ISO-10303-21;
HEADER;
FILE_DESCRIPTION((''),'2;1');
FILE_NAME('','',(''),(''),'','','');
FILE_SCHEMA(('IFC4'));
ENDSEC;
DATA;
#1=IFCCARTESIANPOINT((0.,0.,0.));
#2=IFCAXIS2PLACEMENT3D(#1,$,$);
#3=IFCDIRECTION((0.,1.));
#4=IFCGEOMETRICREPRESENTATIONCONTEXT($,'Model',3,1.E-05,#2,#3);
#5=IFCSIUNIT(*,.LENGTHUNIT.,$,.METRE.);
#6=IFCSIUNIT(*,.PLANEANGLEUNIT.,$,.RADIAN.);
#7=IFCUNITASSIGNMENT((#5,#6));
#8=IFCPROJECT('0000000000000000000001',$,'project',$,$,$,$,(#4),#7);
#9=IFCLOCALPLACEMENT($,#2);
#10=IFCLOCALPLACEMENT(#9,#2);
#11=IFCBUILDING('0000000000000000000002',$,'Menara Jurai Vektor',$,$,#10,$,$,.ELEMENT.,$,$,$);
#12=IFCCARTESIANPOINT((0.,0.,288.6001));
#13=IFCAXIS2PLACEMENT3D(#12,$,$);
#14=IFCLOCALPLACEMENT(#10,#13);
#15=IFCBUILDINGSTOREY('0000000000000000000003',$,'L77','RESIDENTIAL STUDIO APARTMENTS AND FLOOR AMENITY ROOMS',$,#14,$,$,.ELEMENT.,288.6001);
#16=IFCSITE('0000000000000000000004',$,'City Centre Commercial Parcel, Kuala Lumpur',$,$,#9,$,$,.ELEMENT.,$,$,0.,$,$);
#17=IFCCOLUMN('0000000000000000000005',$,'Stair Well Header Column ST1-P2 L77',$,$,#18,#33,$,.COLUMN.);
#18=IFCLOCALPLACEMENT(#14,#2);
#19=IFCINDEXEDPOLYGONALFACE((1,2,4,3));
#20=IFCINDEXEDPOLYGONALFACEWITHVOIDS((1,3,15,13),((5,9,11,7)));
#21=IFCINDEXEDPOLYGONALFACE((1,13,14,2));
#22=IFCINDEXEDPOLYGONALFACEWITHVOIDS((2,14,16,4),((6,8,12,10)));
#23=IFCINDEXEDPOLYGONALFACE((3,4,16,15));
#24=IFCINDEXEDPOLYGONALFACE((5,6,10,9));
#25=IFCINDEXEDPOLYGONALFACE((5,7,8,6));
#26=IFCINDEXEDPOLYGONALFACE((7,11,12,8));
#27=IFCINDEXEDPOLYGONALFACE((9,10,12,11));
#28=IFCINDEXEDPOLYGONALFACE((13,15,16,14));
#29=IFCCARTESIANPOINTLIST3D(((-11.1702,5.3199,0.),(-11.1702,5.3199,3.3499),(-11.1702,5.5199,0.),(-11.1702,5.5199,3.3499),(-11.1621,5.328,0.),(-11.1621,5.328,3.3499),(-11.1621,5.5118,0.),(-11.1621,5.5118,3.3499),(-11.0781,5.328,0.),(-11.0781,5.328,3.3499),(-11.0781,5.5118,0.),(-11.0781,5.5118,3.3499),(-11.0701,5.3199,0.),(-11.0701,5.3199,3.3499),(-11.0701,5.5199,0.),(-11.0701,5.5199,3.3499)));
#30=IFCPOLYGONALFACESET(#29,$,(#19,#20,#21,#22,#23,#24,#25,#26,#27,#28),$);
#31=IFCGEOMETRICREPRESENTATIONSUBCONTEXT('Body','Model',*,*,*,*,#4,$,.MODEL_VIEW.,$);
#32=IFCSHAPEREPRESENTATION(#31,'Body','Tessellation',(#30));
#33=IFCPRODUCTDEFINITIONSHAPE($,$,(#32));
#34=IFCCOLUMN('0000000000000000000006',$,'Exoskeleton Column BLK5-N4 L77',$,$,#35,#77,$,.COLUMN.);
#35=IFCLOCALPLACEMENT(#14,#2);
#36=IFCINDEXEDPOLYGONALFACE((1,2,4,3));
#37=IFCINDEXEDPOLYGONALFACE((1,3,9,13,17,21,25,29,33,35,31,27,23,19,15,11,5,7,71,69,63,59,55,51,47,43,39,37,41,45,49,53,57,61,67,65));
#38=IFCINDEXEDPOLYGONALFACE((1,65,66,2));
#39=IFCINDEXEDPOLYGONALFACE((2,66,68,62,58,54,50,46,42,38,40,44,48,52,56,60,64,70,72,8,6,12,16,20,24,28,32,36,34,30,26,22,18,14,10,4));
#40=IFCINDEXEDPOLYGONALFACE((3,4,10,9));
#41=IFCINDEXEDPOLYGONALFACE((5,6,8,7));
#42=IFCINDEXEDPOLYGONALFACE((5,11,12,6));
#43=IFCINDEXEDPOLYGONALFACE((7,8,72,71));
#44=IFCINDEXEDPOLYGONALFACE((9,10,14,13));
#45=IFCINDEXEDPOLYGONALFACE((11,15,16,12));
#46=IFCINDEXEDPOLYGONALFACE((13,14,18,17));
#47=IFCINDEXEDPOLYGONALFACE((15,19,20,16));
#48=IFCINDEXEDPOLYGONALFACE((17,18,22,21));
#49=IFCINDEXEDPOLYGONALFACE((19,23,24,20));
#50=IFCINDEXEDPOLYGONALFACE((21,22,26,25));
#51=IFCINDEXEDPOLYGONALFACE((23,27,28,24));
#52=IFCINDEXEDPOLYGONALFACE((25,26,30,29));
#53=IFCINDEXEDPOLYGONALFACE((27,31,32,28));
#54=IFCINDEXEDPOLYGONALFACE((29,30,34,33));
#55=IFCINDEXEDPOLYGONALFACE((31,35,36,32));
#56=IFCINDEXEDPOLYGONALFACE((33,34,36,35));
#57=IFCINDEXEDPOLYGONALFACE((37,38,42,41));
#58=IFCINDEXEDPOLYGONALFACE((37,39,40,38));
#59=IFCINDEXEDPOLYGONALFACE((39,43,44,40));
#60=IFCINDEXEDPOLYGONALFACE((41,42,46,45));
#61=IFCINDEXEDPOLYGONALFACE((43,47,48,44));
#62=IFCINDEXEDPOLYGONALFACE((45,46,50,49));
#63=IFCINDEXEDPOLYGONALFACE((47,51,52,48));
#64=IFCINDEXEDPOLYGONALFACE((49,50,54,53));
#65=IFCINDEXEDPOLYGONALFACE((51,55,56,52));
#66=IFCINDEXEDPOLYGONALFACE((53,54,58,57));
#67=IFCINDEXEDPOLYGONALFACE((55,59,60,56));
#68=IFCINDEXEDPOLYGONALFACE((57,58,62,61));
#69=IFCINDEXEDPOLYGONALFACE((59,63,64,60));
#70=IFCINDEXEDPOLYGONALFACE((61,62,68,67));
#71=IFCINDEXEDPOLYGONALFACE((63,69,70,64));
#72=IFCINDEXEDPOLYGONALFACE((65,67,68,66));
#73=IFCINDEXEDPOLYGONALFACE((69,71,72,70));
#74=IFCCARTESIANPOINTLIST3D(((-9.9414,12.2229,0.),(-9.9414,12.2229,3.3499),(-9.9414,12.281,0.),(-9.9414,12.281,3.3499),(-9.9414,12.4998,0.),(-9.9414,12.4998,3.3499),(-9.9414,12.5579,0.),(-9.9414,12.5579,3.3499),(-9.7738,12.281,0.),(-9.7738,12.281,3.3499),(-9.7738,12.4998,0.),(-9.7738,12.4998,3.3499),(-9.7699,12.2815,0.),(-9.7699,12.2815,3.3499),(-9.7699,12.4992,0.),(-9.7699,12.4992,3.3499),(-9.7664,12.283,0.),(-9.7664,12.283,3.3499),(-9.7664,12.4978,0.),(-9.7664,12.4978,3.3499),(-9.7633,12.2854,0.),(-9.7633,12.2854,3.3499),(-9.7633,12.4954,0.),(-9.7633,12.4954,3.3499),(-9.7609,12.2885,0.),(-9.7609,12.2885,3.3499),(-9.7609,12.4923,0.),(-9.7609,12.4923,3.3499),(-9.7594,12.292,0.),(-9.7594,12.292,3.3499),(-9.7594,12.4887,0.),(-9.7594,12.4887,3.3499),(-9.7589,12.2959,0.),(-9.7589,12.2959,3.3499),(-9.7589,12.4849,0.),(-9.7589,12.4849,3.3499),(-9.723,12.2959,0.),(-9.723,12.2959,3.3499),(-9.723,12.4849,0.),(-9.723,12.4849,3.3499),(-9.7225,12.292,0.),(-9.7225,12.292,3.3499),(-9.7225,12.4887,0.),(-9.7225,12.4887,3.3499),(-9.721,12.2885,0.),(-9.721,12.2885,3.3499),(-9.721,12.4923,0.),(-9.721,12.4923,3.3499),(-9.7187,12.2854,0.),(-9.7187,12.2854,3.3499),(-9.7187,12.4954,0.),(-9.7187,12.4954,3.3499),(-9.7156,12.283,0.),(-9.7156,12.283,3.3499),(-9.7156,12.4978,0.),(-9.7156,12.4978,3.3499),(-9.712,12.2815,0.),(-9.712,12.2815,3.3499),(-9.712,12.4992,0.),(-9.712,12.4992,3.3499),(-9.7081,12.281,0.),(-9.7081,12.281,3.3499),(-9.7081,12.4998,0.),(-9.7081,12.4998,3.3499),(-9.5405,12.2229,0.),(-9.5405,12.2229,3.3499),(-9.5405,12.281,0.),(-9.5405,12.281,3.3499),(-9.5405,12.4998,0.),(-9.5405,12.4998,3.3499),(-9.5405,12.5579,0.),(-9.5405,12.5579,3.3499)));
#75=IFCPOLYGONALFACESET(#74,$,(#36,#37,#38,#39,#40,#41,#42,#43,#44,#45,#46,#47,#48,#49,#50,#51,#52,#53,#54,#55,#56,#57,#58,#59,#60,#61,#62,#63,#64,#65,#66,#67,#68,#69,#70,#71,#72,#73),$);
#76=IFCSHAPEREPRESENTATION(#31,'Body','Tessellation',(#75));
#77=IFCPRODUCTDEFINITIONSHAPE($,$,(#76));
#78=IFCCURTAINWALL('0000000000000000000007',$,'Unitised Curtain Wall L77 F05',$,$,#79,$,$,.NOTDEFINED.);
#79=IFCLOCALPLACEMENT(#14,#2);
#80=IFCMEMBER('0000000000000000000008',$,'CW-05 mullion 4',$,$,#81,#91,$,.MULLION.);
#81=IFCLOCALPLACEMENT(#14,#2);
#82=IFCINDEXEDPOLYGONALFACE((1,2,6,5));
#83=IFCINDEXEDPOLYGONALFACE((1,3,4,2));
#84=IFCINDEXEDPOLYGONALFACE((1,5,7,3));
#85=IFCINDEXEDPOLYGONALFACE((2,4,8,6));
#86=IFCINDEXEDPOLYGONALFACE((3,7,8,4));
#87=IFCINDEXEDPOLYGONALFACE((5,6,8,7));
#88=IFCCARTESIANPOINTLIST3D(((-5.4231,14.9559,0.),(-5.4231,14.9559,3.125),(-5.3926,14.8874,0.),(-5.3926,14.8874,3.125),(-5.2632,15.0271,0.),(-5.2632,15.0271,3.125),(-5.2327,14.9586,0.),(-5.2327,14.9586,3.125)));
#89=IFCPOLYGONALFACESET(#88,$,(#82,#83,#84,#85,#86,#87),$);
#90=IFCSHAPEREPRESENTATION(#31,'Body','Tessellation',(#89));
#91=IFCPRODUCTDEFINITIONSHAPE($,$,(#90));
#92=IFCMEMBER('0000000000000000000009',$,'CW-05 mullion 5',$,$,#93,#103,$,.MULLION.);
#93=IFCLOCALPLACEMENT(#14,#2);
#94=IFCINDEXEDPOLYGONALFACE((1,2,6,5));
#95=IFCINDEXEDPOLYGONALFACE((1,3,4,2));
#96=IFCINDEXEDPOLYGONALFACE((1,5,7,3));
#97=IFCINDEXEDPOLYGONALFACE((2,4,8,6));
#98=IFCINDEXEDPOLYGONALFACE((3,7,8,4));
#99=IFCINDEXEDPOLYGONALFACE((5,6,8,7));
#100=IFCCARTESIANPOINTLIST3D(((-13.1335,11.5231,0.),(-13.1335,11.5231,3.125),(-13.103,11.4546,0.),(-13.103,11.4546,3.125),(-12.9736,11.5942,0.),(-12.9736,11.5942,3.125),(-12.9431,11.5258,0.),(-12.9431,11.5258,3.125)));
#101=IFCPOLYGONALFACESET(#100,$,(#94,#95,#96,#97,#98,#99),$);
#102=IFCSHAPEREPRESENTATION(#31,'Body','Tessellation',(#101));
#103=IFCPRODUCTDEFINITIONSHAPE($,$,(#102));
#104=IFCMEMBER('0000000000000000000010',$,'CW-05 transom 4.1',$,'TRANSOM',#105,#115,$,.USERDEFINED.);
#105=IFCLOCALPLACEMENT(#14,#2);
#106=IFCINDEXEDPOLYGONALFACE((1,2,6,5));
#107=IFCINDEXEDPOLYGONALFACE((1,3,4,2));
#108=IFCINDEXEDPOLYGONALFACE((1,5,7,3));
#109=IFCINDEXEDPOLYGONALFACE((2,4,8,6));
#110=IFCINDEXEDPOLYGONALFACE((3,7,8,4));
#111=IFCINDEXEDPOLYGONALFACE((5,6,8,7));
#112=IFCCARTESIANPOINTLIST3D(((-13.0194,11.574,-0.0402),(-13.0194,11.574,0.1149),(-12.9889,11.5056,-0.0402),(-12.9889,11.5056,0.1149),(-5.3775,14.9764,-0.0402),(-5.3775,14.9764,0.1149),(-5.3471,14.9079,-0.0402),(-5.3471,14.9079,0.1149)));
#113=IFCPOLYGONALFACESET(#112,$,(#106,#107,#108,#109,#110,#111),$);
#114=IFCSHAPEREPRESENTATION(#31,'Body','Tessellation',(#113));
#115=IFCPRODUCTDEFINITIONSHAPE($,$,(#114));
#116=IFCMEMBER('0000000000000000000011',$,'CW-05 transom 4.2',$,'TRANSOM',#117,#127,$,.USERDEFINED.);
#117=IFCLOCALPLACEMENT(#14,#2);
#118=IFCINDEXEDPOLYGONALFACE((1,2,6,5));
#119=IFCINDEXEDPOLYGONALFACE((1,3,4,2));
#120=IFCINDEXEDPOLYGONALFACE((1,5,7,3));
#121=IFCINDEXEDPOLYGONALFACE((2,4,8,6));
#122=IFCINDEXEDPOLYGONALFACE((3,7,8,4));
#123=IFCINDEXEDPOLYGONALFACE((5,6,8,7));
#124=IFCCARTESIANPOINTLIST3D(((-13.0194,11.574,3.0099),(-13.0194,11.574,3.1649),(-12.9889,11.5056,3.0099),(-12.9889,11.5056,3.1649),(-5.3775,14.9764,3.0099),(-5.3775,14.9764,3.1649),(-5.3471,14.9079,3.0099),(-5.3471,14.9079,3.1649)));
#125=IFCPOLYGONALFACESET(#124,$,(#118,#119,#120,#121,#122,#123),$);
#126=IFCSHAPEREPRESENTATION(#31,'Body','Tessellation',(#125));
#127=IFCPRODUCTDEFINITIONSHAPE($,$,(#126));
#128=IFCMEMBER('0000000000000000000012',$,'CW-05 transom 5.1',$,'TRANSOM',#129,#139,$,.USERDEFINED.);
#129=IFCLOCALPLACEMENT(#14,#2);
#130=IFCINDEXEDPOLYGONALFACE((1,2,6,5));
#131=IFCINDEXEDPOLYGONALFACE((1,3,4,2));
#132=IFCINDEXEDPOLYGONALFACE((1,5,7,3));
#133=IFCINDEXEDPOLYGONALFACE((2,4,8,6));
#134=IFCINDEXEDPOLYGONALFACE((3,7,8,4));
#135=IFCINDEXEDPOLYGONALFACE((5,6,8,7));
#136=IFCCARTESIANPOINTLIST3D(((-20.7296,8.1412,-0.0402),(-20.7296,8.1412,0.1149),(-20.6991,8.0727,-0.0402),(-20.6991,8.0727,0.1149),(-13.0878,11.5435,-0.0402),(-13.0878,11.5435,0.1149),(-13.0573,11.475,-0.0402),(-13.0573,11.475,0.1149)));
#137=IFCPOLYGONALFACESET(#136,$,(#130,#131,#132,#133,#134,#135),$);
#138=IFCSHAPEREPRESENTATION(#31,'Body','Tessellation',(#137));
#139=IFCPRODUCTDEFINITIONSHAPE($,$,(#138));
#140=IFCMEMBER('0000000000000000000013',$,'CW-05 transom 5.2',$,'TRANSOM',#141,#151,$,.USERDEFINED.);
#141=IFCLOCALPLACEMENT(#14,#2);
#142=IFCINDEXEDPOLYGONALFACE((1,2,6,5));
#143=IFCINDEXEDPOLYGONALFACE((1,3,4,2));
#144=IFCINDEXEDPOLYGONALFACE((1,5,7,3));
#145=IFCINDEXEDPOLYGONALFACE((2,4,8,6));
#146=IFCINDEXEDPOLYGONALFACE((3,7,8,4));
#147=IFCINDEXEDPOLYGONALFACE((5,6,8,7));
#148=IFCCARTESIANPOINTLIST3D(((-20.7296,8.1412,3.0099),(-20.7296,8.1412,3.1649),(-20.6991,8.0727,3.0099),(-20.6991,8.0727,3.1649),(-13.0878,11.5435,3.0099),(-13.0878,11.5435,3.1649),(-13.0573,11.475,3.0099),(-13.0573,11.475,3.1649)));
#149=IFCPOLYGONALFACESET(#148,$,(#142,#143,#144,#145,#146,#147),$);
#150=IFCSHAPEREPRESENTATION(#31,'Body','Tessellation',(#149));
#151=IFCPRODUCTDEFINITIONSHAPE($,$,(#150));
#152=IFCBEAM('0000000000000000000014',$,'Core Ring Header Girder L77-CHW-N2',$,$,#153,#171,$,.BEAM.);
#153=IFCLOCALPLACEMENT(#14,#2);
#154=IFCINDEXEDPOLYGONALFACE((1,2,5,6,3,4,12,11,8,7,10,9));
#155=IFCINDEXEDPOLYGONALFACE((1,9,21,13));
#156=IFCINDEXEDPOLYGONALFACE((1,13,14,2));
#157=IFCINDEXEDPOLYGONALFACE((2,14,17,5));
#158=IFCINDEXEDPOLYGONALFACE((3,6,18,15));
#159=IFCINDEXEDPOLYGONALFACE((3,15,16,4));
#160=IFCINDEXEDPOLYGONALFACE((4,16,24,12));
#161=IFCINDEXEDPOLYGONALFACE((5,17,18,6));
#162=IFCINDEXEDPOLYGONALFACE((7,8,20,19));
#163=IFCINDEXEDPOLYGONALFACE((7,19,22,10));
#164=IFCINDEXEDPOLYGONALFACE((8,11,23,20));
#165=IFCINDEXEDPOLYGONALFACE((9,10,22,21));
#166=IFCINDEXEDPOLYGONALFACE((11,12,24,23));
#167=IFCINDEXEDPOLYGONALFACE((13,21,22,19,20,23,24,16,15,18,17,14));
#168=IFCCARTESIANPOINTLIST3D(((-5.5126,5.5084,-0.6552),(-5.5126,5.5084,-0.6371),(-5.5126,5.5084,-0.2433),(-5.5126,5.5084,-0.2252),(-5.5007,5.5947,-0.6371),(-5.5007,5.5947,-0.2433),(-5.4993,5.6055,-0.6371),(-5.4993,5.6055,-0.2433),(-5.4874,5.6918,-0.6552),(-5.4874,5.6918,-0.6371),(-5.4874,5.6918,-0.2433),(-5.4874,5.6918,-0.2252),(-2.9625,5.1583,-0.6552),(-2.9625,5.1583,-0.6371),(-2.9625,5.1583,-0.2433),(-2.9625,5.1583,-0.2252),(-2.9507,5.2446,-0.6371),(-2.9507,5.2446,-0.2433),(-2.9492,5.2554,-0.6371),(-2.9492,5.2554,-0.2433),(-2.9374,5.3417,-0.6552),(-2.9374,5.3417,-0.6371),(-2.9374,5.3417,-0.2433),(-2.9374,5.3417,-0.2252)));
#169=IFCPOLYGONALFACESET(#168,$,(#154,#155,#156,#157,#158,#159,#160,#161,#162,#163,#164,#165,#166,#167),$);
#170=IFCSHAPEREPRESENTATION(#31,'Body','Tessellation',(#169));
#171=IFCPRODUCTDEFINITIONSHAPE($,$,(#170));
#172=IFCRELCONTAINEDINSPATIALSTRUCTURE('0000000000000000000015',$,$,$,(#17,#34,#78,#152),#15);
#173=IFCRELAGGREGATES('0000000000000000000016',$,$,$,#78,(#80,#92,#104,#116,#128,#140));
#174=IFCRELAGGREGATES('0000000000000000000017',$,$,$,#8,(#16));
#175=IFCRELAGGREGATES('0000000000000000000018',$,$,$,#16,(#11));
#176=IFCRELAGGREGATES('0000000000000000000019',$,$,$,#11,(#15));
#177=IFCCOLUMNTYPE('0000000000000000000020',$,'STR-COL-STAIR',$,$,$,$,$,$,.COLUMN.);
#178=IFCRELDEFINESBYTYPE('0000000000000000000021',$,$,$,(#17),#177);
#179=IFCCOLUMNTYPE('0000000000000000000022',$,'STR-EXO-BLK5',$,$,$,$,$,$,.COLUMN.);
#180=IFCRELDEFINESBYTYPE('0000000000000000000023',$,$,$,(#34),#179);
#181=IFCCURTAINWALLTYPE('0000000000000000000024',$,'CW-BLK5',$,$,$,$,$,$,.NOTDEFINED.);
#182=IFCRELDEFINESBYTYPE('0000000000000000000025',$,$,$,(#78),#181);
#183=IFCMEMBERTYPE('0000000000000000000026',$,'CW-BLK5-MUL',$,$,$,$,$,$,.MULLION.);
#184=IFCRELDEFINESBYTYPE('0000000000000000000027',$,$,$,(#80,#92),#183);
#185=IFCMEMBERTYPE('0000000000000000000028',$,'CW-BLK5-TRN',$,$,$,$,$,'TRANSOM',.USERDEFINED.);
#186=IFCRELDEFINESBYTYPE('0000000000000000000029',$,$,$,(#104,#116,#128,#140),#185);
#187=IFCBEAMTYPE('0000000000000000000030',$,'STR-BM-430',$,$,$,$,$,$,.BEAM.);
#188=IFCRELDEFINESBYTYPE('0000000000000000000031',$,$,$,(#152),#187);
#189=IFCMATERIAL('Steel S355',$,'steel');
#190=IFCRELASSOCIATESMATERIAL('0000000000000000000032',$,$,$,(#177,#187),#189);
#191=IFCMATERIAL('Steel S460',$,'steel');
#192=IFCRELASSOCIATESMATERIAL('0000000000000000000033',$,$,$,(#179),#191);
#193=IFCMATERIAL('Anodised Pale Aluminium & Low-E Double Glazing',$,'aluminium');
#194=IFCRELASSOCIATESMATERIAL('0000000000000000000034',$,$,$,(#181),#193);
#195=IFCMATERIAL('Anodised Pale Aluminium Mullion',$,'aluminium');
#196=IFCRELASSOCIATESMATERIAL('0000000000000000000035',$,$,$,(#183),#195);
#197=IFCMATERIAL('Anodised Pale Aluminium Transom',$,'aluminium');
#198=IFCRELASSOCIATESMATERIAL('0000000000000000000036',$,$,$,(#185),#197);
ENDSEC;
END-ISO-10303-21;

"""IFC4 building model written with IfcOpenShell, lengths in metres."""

from ifc_helpers import new_model, si_unit, direction, frame, origin, origin_2d, place, context, subcontext, project, spatial, rectangle, hollow_rectangle, i_section, extrude, material, material_profile, profile_set, type_object, element, aggregate, save


model = new_model("IFC4")

# Units and contexts
model_context = context("Model", 3, precision=1e-05, world=origin(), true_north=direction((0.0, 1.0)))
body_context = subcontext(model_context, "Body", "Model", "MODEL_VIEW")
ifc_project = project(units=[si_unit("LENGTHUNIT", "METRE"), si_unit("PLANEANGLEUNIT", "RADIAN")], contexts=[model_context])

# Site, building, storey
site_placement = place(None, origin())
site = spatial("IfcSite", under=ifc_project, at=site_placement, Name="City Centre Commercial Parcel, Kuala Lumpur", CompositionType="ELEMENT", RefElevation=0.0)
building_placement = place(site_placement, origin())
building = spatial("IfcBuilding", under=site, at=building_placement, Name="Menara Jurai Vektor", CompositionType="ELEMENT")
storey_placement = place(building_placement, frame((0.0, 0.0, 288.6001)))
storey = spatial("IfcBuildingStorey", under=building, at=storey_placement, Name="L77", Description="RESIDENTIAL STUDIO APARTMENTS AND FLOOR AMENITY ROOMS", CompositionType="ELEMENT", Elevation=288.6001)

# Columns
ifc_material_1 = material(Name="Steel S355", Category="steel")
ifc_material_profile_1 = material_profile(ifc_material_1, hollow_rectangle(XDim=0.1001, YDim=0.2, WallThickness=0.0081, at=origin_2d()), Name="RHS 200x100x8")
ifc_profile_set_1 = profile_set([ifc_material_profile_1], Name="Steel S355")
column_type_1 = type_object("IfcColumnType", Name="STR-COL-STAIR", PredefinedType="COLUMN", material=ifc_profile_set_1)
column_1_placement = place(storey_placement, frame((-11.1201, 5.4199, 0.0), z_axis=(0.0, 0.0, 1.0), x_axis=(1.0, 0.0, 0.0)))
element("IfcColumn", 1, at=column_1_placement, inside=storey, type_object=column_type_1, Name="Stair Well Header Column ST1-P2 L77", PredefinedType="COLUMN", context=body_context, shape_type="SweptSolid", body=[
    extrude(hollow_rectangle(XDim=0.1001, YDim=0.2, WallThickness=0.0081, at=origin_2d()), origin(), (0.0, 0.0, 1.0), 3.3499),
])
ifc_material_2 = material(Name="Steel S460", Category="steel")
ifc_material_profile_2 = material_profile(ifc_material_2, i_section(OverallWidth=0.4009, OverallDepth=0.335, WebThickness=0.0359, FlangeThickness=0.0581, FilletRadius=0.0149, at=origin_2d()), Name="HD 400x463")
ifc_profile_set_2 = profile_set([ifc_material_profile_2], Name="Steel S460")
column_type_2 = type_object("IfcColumnType", Name="STR-EXO-BLK5", PredefinedType="COLUMN", material=ifc_profile_set_2)
column_2_placement = place(storey_placement, frame((-9.741, 12.3904, 0.0), z_axis=(0.0, 0.0, 1.0), x_axis=(1.0, 0.0, 0.0)))
element("IfcColumn", 2, at=column_2_placement, inside=storey, type_object=column_type_2, Name="Exoskeleton Column BLK5-N4 L77", PredefinedType="COLUMN", context=body_context, shape_type="SweptSolid", body=[
    extrude(i_section(OverallWidth=0.4009, OverallDepth=0.335, WebThickness=0.0359, FlangeThickness=0.0581, FilletRadius=0.0149, at=origin_2d()), origin(), (0.0, 0.0, 1.0), 3.3499),
])

# Curtain wall, members
ifc_material_3 = material(Name="Anodised Pale Aluminium & Low-E Double Glazing", Category="aluminium")
curtain_wall_type = type_object("IfcCurtainWallType", Name="CW-BLK5", PredefinedType="NOTDEFINED", material=ifc_material_3)
curtain_wall_placement = place(storey_placement, origin())
curtain_wall = element("IfcCurtainWall", 3, at=curtain_wall_placement, inside=storey, type_object=curtain_wall_type, Name="Unitised Curtain Wall L77 F05", PredefinedType="NOTDEFINED")
ifc_material_4 = material(Name="Anodised Pale Aluminium Mullion", Category="aluminium")
ifc_material_profile_3 = material_profile(ifc_material_4, rectangle(XDim=0.075, YDim=0.175, at=origin_2d()), Name="ALU MUL 75x175")
ifc_profile_set_3 = profile_set([ifc_material_profile_3], Name="Anodised Pale Aluminium Mullion")
member_type_1 = type_object("IfcMemberType", Name="CW-BLK5-MUL", PredefinedType="MULLION", material=ifc_profile_set_3)
member_1_placement = place(storey_placement, frame((-5.3279, 14.9573, 0.0), z_axis=(0.0, 0.0, 1.0), x_axis=(0.406735, -0.913546, 0.0)))
member_1 = element("IfcMember", 4, at=member_1_placement, type_object=member_type_1, Name="CW-05 mullion 4", PredefinedType="MULLION", context=body_context, shape_type="SweptSolid", body=[
    extrude(rectangle(XDim=0.075, YDim=0.175, at=origin_2d()), origin(), (0.0, 0.0, 1.0), 3.125),
])
member_2_placement = place(storey_placement, frame((-13.0383, 11.5244, 0.0), z_axis=(0.0, 0.0, 1.0), x_axis=(0.406735, -0.913546, 0.0)))
member_2 = element("IfcMember", 5, at=member_2_placement, type_object=member_type_1, Name="CW-05 mullion 5", PredefinedType="MULLION", context=body_context, shape_type="SweptSolid", body=[
    extrude(rectangle(XDim=0.075, YDim=0.175, at=origin_2d()), origin(), (0.0, 0.0, 1.0), 3.125),
])
ifc_material_5 = material(Name="Anodised Pale Aluminium Transom", Category="aluminium")
ifc_material_profile_4 = material_profile(ifc_material_5, rectangle(XDim=0.075, YDim=0.155, at=origin_2d()), Name="ALU TRN 75x155")
ifc_profile_set_4 = profile_set([ifc_material_profile_4], Name="Anodised Pale Aluminium Transom")
member_type_2 = type_object("IfcMemberType", Name="CW-BLK5-TRN", ElementType="TRANSOM", PredefinedType="USERDEFINED", material=ifc_profile_set_4)
member_3_placement = place(storey_placement, frame((-5.3623, 14.9421, 0.0374), z_axis=(-0.913547, -0.406734, 0.0), x_axis=(0.406734, -0.913547, 0.0)))
member_3 = element("IfcMember", 6, at=member_3_placement, type_object=member_type_2, Name="CW-05 transom 4.1", ObjectType="TRANSOM", PredefinedType="USERDEFINED", context=body_context, shape_type="SweptSolid", body=[
    extrude(rectangle(XDim=0.075, YDim=0.155, at=origin_2d()), origin(), (0.0, 0.0, 1.0), 8.365),
])
member_4_placement = place(storey_placement, frame((-5.3623, 14.9421, 3.0874), z_axis=(-0.913547, -0.406734, 0.0), x_axis=(0.406734, -0.913547, 0.0)))
member_4 = element("IfcMember", 7, at=member_4_placement, type_object=member_type_2, Name="CW-05 transom 4.2", ObjectType="TRANSOM", PredefinedType="USERDEFINED", context=body_context, shape_type="SweptSolid", body=[
    extrude(rectangle(XDim=0.075, YDim=0.155, at=origin_2d()), origin(), (0.0, 0.0, 1.0), 8.365),
])
member_5_placement = place(storey_placement, frame((-13.0725, 11.5093, 0.0374), z_axis=(-0.913547, -0.406734, 0.0), x_axis=(0.406734, -0.913547, 0.0)))
member_5 = element("IfcMember", 8, at=member_5_placement, type_object=member_type_2, Name="CW-05 transom 5.1", ObjectType="TRANSOM", PredefinedType="USERDEFINED", context=body_context, shape_type="SweptSolid", body=[
    extrude(rectangle(XDim=0.075, YDim=0.155, at=origin_2d()), origin(), (0.0, 0.0, 1.0), 8.365),
])
member_6_placement = place(storey_placement, frame((-13.0725, 11.5093, 3.0874), z_axis=(-0.913547, -0.406734, 0.0), x_axis=(0.406734, -0.913547, 0.0)))
member_6 = element("IfcMember", 9, at=member_6_placement, type_object=member_type_2, Name="CW-05 transom 5.2", ObjectType="TRANSOM", PredefinedType="USERDEFINED", context=body_context, shape_type="SweptSolid", body=[
    extrude(rectangle(XDim=0.075, YDim=0.155, at=origin_2d()), origin(), (0.0, 0.0, 1.0), 8.365),
])

# Beam
ifc_material_profile_5 = material_profile(ifc_material_1, i_section(OverallWidth=0.1851, OverallDepth=0.4299, WebThickness=0.011, FlangeThickness=0.0181, at=origin_2d()), Name="PG 430x185x76")
ifc_profile_set_5 = profile_set([ifc_material_profile_5], Name="Steel S355")
beam_type_1 = type_object("IfcBeamType", Name="STR-BM-430", PredefinedType="BEAM", material=ifc_profile_set_5)
beam_1_placement = place(storey_placement, frame((-5.5, 5.6001, -0.4402), z_axis=(0.990707, -0.136015, 0.0), x_axis=(0.136015, 0.990707, 0.0)))
element("IfcBeam", 10, at=beam_1_placement, inside=storey, type_object=beam_type_1, Name="Core Ring Header Girder L77-CHW-N2", PredefinedType="BEAM", context=body_context, shape_type="SweptSolid", body=[
    extrude(i_section(OverallWidth=0.1851, OverallDepth=0.4299, WebThickness=0.011, FlangeThickness=0.0181, at=origin_2d()), origin(), (0.0, 0.0, 1.0), 2.574),
])

aggregate(curtain_wall, [member_1, member_2, member_3, member_4, member_5, member_6])

save(model, "model.ifc")
